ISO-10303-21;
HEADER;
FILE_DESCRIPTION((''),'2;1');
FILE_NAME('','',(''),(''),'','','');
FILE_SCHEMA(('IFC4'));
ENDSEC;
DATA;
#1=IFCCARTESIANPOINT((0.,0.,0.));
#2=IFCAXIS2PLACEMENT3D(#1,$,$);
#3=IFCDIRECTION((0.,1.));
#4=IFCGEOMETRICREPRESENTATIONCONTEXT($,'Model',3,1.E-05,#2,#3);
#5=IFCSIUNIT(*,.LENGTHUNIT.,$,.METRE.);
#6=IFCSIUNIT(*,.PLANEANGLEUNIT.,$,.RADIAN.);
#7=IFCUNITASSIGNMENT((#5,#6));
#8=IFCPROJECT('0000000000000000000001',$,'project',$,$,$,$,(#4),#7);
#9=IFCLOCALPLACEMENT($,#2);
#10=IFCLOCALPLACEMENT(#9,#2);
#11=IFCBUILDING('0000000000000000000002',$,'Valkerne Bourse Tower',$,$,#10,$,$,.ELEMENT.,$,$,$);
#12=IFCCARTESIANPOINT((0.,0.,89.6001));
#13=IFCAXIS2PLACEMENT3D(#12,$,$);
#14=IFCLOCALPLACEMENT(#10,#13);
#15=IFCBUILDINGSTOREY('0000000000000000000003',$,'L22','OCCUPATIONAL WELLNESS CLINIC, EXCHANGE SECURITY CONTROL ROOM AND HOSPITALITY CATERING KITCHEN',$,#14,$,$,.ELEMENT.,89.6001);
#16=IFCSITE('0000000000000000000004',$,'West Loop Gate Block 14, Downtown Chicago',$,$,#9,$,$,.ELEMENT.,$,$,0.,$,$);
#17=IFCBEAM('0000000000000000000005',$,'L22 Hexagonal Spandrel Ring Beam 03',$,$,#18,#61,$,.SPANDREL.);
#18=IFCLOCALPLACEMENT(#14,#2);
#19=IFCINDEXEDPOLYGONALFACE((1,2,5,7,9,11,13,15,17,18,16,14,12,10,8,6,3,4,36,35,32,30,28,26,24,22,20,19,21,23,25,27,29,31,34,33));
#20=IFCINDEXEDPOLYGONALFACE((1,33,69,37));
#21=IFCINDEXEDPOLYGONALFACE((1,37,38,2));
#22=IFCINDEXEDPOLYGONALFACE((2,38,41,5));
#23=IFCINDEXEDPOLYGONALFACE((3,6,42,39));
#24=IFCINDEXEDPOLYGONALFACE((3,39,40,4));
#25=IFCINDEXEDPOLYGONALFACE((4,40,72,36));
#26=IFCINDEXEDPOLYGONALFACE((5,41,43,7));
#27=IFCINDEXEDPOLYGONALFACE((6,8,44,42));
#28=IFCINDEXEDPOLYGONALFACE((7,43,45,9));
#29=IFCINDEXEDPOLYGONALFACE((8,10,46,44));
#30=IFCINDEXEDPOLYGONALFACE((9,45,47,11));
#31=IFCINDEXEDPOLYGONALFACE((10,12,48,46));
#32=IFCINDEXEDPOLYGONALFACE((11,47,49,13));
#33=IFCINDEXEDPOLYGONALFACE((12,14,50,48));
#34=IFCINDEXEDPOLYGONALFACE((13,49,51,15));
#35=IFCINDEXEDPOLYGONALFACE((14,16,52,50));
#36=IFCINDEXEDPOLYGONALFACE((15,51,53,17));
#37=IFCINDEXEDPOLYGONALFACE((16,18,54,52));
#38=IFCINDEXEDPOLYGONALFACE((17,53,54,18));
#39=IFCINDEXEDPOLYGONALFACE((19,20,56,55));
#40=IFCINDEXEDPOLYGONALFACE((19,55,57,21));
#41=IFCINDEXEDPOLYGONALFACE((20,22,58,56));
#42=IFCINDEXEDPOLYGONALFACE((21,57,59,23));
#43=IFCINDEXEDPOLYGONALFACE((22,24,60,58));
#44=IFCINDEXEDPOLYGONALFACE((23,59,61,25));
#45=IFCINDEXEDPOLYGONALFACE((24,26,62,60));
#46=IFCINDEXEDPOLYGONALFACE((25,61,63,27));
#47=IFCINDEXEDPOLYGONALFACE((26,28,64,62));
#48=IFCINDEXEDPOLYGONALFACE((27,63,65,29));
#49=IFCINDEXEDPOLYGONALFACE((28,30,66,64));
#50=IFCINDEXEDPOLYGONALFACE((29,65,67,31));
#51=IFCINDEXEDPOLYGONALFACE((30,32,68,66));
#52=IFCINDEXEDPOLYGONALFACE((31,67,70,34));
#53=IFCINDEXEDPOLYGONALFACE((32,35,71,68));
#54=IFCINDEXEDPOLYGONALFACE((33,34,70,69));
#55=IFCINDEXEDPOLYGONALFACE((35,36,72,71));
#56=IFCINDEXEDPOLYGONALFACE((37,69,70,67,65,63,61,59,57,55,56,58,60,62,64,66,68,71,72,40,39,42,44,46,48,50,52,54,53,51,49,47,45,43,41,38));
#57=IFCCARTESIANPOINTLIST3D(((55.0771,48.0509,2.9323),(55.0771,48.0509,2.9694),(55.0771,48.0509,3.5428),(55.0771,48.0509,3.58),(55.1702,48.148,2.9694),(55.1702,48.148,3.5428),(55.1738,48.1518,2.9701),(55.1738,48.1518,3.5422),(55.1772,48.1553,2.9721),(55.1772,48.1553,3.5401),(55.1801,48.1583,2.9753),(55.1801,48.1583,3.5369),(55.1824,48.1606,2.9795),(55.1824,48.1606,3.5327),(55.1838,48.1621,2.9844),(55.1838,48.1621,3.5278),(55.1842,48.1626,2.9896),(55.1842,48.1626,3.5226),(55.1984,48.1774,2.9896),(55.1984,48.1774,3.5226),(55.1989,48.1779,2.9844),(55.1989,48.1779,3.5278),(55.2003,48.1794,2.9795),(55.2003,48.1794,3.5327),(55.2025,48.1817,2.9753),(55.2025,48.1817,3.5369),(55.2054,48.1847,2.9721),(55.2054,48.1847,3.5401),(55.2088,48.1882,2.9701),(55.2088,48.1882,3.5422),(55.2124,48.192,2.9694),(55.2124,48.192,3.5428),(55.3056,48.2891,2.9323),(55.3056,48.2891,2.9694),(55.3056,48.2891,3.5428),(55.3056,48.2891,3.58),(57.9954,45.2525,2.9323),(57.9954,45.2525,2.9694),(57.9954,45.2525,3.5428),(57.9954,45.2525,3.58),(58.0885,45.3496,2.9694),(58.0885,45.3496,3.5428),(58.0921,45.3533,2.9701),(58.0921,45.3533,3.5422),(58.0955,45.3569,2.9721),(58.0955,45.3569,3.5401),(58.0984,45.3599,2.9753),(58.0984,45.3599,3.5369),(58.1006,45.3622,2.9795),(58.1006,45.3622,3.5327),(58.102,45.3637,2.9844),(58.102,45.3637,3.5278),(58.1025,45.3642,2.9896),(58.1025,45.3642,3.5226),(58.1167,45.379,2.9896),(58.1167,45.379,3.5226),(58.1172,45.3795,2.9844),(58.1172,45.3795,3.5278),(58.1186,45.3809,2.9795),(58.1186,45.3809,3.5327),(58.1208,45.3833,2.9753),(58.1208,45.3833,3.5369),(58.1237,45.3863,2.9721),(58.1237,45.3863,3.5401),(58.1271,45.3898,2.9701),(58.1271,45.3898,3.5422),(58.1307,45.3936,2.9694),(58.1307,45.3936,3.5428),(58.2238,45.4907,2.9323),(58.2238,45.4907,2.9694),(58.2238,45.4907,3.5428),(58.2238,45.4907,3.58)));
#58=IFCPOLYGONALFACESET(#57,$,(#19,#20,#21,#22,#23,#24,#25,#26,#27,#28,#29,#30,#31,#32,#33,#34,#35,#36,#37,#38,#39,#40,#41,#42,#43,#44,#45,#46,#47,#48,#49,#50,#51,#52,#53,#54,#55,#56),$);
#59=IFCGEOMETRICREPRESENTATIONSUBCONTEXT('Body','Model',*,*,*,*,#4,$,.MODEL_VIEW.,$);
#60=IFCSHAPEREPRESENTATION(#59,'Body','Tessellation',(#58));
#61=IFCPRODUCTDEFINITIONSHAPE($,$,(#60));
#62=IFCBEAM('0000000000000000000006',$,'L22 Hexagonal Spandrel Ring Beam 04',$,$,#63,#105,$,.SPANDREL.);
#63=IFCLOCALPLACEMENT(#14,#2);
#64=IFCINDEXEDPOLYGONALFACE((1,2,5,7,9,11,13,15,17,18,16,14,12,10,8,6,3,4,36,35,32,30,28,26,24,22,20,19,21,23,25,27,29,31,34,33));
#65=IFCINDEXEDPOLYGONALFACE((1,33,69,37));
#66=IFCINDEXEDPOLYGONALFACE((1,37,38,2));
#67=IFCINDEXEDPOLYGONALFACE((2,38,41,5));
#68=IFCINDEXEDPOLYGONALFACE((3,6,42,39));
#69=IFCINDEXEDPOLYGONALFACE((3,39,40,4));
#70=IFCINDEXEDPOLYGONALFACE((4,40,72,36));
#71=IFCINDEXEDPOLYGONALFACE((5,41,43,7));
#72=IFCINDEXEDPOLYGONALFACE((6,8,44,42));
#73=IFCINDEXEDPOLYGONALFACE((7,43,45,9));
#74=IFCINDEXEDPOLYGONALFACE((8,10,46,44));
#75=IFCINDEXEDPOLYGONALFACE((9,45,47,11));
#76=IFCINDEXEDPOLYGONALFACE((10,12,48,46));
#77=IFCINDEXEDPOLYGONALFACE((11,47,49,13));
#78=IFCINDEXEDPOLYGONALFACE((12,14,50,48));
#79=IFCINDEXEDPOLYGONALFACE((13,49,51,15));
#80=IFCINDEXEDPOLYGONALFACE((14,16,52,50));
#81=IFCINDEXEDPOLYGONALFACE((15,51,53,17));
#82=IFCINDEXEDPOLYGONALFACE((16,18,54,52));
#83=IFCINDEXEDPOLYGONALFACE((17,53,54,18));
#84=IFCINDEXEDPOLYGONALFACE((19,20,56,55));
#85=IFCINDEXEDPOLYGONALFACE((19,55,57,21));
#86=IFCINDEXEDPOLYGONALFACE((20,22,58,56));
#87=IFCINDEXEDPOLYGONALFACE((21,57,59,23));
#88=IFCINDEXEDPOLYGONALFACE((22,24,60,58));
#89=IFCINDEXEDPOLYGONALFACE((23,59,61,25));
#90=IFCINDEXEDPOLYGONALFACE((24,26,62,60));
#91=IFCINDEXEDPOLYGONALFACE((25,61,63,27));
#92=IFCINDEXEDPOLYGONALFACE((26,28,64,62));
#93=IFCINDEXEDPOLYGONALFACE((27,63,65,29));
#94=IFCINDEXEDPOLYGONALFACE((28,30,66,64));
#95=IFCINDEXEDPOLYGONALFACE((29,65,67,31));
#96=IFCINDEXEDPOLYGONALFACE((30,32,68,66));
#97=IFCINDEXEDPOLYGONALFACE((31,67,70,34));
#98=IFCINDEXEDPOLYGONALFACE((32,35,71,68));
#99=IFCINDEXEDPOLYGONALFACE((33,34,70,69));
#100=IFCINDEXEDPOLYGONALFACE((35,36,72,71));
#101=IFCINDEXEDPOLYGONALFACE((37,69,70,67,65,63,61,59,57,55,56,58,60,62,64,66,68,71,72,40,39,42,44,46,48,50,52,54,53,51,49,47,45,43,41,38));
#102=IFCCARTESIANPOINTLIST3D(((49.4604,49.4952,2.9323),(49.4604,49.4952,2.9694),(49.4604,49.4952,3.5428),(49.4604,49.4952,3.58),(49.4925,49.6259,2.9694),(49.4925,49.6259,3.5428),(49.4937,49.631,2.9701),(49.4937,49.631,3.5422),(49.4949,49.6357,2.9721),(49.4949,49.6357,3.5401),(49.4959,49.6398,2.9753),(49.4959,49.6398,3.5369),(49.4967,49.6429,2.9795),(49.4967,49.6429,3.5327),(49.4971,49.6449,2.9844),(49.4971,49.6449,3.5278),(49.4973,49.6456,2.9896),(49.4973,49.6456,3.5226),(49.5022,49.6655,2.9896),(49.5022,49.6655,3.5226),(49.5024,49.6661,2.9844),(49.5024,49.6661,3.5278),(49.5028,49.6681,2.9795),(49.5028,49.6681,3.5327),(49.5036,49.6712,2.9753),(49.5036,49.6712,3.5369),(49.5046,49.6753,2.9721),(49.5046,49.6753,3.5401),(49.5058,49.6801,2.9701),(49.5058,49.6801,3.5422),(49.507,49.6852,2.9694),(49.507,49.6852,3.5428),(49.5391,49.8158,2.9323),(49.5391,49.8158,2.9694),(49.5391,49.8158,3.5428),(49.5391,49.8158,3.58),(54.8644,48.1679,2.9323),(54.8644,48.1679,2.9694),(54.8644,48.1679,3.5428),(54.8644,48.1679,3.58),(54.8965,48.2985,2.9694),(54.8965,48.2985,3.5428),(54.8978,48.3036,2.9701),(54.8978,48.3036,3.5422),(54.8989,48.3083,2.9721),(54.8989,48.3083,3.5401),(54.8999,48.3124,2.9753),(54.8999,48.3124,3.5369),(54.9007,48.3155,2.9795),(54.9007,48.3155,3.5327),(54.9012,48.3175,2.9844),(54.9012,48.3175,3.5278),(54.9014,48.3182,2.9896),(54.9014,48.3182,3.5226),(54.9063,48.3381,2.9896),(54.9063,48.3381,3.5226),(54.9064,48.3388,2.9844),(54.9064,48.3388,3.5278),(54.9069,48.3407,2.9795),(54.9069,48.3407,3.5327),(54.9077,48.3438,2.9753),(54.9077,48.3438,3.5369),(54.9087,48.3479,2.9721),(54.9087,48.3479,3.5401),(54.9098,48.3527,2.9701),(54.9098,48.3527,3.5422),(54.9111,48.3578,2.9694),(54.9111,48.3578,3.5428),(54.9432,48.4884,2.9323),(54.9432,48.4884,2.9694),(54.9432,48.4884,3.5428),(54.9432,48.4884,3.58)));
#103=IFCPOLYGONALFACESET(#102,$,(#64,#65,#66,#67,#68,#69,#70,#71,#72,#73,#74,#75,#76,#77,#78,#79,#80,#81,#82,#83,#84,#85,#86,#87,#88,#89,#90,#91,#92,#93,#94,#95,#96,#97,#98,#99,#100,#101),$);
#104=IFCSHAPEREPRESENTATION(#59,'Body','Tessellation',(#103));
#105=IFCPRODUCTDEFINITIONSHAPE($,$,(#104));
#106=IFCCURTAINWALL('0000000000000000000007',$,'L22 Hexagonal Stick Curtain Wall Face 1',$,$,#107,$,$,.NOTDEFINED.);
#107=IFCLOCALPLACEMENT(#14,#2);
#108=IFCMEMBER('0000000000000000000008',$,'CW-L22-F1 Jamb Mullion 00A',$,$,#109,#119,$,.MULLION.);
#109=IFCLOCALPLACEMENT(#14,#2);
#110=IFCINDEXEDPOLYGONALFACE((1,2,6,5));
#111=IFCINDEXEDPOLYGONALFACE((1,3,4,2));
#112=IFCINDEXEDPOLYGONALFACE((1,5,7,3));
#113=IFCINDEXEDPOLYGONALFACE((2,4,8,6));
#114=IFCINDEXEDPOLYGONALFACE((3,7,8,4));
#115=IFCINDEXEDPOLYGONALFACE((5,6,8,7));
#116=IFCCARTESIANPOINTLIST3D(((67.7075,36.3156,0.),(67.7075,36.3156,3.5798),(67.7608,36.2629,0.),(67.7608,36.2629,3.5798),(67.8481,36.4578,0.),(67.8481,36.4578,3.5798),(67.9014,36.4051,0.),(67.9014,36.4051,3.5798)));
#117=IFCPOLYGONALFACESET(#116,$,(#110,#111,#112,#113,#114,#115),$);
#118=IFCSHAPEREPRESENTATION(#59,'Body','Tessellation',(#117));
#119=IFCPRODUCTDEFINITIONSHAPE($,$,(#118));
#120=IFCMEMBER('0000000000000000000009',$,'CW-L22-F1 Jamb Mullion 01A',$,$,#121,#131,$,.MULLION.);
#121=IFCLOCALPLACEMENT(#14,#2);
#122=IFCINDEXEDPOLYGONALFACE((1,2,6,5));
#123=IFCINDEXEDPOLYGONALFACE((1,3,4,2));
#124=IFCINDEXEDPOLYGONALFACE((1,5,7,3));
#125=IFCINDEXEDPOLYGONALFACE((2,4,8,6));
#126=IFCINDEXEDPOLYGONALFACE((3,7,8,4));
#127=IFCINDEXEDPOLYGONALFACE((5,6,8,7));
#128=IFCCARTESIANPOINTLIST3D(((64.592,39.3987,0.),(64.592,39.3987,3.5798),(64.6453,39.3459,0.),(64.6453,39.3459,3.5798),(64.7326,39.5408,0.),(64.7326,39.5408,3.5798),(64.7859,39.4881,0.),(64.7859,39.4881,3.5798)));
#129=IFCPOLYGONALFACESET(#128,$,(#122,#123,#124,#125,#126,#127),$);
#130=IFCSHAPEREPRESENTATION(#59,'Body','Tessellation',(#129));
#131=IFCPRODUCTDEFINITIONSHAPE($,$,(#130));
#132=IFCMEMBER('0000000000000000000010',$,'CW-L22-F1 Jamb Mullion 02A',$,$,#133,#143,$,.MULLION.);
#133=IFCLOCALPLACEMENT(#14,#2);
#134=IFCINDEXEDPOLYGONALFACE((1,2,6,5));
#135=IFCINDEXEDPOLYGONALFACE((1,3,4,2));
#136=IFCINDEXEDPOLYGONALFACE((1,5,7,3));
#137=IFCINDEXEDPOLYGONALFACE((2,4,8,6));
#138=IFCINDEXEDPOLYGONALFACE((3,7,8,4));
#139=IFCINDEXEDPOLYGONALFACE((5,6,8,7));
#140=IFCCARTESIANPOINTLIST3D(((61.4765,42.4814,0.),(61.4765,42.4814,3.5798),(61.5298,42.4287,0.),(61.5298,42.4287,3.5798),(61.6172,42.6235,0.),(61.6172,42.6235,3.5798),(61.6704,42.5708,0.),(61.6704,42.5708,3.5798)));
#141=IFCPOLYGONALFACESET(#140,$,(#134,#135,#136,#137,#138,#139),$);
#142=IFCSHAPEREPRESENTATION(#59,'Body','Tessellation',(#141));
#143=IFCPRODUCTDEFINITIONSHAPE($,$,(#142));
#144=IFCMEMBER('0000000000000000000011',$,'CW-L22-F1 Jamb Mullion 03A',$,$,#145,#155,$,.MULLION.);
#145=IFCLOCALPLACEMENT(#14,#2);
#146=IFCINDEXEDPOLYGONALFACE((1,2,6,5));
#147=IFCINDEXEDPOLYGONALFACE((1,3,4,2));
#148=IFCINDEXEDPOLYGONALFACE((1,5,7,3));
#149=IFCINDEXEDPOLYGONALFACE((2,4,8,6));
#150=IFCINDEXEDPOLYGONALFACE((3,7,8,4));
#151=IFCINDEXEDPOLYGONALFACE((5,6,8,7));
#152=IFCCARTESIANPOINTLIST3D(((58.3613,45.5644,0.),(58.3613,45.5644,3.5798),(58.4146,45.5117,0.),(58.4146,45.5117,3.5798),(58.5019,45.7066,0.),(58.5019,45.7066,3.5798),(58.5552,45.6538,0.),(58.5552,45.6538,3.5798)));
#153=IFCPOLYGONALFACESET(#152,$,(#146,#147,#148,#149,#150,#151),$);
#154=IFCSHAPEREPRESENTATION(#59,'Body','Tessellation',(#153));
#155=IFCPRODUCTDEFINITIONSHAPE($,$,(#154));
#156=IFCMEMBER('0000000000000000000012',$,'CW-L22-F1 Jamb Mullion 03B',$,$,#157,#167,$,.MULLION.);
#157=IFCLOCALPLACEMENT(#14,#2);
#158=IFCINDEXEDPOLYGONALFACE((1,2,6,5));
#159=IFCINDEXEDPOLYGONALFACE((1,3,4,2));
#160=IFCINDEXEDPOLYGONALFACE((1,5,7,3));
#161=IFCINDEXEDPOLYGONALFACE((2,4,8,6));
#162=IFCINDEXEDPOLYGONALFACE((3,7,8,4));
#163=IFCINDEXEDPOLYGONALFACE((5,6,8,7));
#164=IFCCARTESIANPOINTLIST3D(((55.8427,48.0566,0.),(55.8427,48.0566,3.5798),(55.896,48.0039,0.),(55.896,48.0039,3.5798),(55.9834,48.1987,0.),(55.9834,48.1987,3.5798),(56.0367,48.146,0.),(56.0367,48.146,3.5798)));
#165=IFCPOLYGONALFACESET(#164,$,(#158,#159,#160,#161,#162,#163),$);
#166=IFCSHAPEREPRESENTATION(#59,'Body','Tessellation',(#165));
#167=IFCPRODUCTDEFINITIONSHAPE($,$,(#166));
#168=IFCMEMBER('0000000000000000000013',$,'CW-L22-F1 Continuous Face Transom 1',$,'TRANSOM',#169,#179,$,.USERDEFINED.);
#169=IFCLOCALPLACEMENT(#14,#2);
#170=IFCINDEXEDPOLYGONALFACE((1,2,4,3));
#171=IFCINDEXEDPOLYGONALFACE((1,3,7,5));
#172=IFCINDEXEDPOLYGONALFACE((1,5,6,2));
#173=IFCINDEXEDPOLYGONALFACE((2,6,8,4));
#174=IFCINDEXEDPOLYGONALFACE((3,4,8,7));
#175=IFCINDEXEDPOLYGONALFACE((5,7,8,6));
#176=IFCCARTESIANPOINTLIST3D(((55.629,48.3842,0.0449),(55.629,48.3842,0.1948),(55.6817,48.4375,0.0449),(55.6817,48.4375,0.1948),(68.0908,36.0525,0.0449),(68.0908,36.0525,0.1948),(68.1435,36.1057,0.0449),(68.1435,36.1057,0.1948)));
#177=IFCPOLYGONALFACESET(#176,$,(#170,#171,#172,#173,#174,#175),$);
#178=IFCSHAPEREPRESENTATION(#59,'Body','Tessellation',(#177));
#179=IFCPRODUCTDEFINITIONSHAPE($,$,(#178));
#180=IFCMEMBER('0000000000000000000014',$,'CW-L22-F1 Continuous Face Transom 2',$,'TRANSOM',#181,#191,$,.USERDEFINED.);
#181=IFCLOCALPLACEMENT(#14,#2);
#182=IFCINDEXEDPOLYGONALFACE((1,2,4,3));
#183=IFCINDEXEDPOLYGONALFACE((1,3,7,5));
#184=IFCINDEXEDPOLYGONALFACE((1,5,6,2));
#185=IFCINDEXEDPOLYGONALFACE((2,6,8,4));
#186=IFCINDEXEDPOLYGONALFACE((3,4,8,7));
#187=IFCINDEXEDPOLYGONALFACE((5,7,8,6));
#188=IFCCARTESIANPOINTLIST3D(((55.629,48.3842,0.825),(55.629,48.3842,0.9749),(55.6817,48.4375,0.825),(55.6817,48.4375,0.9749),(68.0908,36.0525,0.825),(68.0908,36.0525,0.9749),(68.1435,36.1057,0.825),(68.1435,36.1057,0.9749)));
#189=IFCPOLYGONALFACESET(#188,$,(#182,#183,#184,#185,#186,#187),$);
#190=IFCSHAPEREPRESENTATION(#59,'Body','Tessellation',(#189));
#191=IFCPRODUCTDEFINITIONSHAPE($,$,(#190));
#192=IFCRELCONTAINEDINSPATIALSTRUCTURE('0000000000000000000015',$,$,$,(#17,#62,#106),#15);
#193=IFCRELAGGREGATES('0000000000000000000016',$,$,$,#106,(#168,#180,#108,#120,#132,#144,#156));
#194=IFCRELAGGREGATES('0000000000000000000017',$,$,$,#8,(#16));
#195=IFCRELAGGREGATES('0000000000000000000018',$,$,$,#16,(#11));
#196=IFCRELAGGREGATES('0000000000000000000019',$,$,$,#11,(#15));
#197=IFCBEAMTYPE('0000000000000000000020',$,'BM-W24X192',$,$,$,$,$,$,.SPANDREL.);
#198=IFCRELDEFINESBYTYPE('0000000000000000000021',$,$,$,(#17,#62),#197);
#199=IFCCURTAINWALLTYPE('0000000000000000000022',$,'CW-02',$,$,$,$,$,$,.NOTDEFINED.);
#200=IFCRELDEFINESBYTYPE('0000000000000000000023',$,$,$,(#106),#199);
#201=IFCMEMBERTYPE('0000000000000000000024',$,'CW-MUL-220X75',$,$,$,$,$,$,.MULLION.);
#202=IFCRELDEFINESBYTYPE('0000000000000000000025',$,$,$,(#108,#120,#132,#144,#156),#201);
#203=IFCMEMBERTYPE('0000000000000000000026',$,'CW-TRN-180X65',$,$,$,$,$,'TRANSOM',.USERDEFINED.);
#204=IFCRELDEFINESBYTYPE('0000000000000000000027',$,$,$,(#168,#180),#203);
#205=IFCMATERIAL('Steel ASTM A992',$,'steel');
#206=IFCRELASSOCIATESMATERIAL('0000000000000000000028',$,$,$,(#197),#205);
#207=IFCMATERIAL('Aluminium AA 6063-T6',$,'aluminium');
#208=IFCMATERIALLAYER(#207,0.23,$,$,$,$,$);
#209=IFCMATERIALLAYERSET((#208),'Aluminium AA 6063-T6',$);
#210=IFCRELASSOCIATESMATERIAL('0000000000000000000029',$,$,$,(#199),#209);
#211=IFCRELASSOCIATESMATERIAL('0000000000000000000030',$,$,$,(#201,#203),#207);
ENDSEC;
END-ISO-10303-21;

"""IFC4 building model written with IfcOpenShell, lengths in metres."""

from ifc_helpers import new_model, si_unit, direction, frame, origin, origin_2d, place, context, subcontext, project, spatial, rectangle, i_section, extrude, material, layer, layer_set, material_profile, profile_set, type_object, element, aggregate, save


model = new_model("IFC4")

# Units and contexts
model_context = context("Model", 3, precision=1e-05, world=origin(), true_north=direction((0.0, 1.0)))
body_context = subcontext(model_context, "Body", "Model", "MODEL_VIEW")
ifc_project = project(units=[si_unit("LENGTHUNIT", "METRE"), si_unit("PLANEANGLEUNIT", "RADIAN")], contexts=[model_context])

# Site, building, storey
site_placement = place(None, origin())
site = spatial("IfcSite", under=ifc_project, at=site_placement, Name="West Loop Gate Block 14, Downtown Chicago", CompositionType="ELEMENT", RefElevation=0.0)
building_placement = place(site_placement, origin())
building = spatial("IfcBuilding", under=site, at=building_placement, Name="Valkerne Bourse Tower", CompositionType="ELEMENT")
storey_placement = place(building_placement, frame((0.0, 0.0, 89.6001)))
storey = spatial("IfcBuildingStorey", under=building, at=storey_placement, Name="L22", Description="OCCUPATIONAL WELLNESS CLINIC, EXCHANGE SECURITY CONTROL ROOM AND HOSPITALITY CATERING KITCHEN", CompositionType="ELEMENT", Elevation=89.6001)

# Beams
ifc_material_1 = material(Name="Steel ASTM A992", Category="steel")
ifc_material_profile_1 = material_profile(ifc_material_1, i_section(OverallWidth=0.3301, OverallDepth=0.6477, WebThickness=0.0205, FlangeThickness=0.0371, FilletRadius=0.0203, at=origin_2d()), Name="W24X192")
ifc_profile_set_1 = profile_set([ifc_material_profile_1], Name="Steel ASTM A992")
beam_type = type_object("IfcBeamType", Name="BM-W24X192", PredefinedType="SPANDREL", material=ifc_profile_set_1)
beam_1_placement = place(storey_placement, frame((58.1096, 45.3716, 3.2561), z_axis=(-0.721776, 0.692127, 0.0), x_axis=(-0.692127, -0.721776, 0.0)))
element("IfcBeam", 1, at=beam_1_placement, inside=storey, type_object=beam_type, Name="L22 Hexagonal Spandrel Ring Beam 03", PredefinedType="SPANDREL", context=body_context, shape_type="SweptSolid", body=[
    extrude(i_section(OverallWidth=0.3301, OverallDepth=0.6477, WebThickness=0.0205, FlangeThickness=0.0371, FilletRadius=0.0203, at=origin_2d()), origin(), (0.0, 0.0, 1.0), 4.0432),
])
beam_2_placement = place(storey_placement, frame((54.9038, 48.3281, 3.2561), z_axis=(-0.971133, 0.238539, 0.0), x_axis=(-0.238539, -0.971133, 0.0)))
element("IfcBeam", 2, at=beam_2_placement, inside=storey, type_object=beam_type, Name="L22 Hexagonal Spandrel Ring Beam 04", PredefinedType="SPANDREL", context=body_context, shape_type="SweptSolid", body=[
    extrude(i_section(OverallWidth=0.3301, OverallDepth=0.6477, WebThickness=0.0205, FlangeThickness=0.0371, FilletRadius=0.0203, at=origin_2d()), origin(), (0.0, 0.0, 1.0), 5.5647),
])

# Curtain wall, members
ifc_material_2 = material(Name="Aluminium AA 6063-T6", Category="aluminium")
ifc_layer_1 = layer(ifc_material_2, 0.23)
ifc_layer_set_1 = layer_set([ifc_layer_1], Name="Aluminium AA 6063-T6")
curtain_wall_type = type_object("IfcCurtainWallType", Name="CW-02", PredefinedType="NOTDEFINED", material=ifc_layer_set_1)
curtain_wall_placement = place(storey_placement, origin())
curtain_wall = element("IfcCurtainWall", 3, at=curtain_wall_placement, inside=storey, type_object=curtain_wall_type, Name="L22 Hexagonal Stick Curtain Wall Face 1", PredefinedType="NOTDEFINED")
ifc_material_profile_2 = material_profile(ifc_material_2, rectangle(XDim=0.075, YDim=0.2, at=origin_2d()), Name="CWM-75X200")
ifc_profile_set_2 = profile_set([ifc_material_profile_2], Name="Aluminium AA 6063-T6")
member_type_1 = type_object("IfcMemberType", Name="CW-MUL-220X75", PredefinedType="MULLION", material=ifc_profile_set_2)
member_1_placement = place(storey_placement, frame((67.8044, 36.3604, 0.0), z_axis=(0.0, 0.0, 1.0), x_axis=(-0.710805, 0.70339, 0.0)))
member_1 = element("IfcMember", 4, at=member_1_placement, type_object=member_type_1, Name="CW-L22-F1 Jamb Mullion 00A", PredefinedType="MULLION", context=body_context, shape_type="SweptSolid", body=[
    extrude(rectangle(XDim=0.075, YDim=0.2, at=origin_2d()), origin(), (0.0, 0.0, 1.0), 3.5798),
])
member_2_placement = place(storey_placement, frame((64.689, 39.4434, 0.0), z_axis=(0.0, 0.0, 1.0), x_axis=(-0.710805, 0.703389, 0.0)))
member_2 = element("IfcMember", 5, at=member_2_placement, type_object=member_type_1, Name="CW-L22-F1 Jamb Mullion 01A", PredefinedType="MULLION", context=body_context, shape_type="SweptSolid", body=[
    extrude(rectangle(XDim=0.075, YDim=0.2, at=origin_2d()), origin(), (0.0, 0.0, 1.0), 3.5798),
])
member_3_placement = place(storey_placement, frame((61.5735, 42.5261, 0.0), z_axis=(0.0, 0.0, 1.0), x_axis=(-0.710793, 0.703401, 0.0)))
member_3 = element("IfcMember", 6, at=member_3_placement, type_object=member_type_1, Name="CW-L22-F1 Jamb Mullion 02A", PredefinedType="MULLION", context=body_context, shape_type="SweptSolid", body=[
    extrude(rectangle(XDim=0.075, YDim=0.2, at=origin_2d()), origin(), (0.0, 0.0, 1.0), 3.5798),
])
member_4_placement = place(storey_placement, frame((58.4583, 45.6091, 0.0), z_axis=(0.0, 0.0, 1.0), x_axis=(-0.710805, 0.70339, 0.0)))
member_4 = element("IfcMember", 7, at=member_4_placement, type_object=member_type_1, Name="CW-L22-F1 Jamb Mullion 03A", PredefinedType="MULLION", context=body_context, shape_type="SweptSolid", body=[
    extrude(rectangle(XDim=0.075, YDim=0.2, at=origin_2d()), origin(), (0.0, 0.0, 1.0), 3.5798),
])
member_5_placement = place(storey_placement, frame((55.9397, 48.1013, 0.0), z_axis=(0.0, 0.0, 1.0), x_axis=(-0.710805, 0.70339, 0.0)))
member_5 = element("IfcMember", 8, at=member_5_placement, type_object=member_type_1, Name="CW-L22-F1 Jamb Mullion 03B", PredefinedType="MULLION", context=body_context, shape_type="SweptSolid", body=[
    extrude(rectangle(XDim=0.075, YDim=0.2, at=origin_2d()), origin(), (0.0, 0.0, 1.0), 3.5798),
])
ifc_material_profile_3 = material_profile(ifc_material_2, rectangle(XDim=0.075, YDim=0.1499, at=origin_2d()), Name="CWT-75X150")
ifc_profile_set_3 = profile_set([ifc_material_profile_3], Name="Aluminium AA 6063-T6")
member_type_2 = type_object("IfcMemberType", Name="CW-TRN-180X65", ElementType="TRANSOM", PredefinedType="USERDEFINED", material=ifc_profile_set_3)
member_6_placement = place(storey_placement, frame((68.1172, 36.0791, 0.1199), z_axis=(-0.710808, 0.703386, 0.0), x_axis=(-0.703386, -0.710808, 0.0)))
member_6 = element("IfcMember", 9, at=member_6_placement, type_object=member_type_2, Name="CW-L22-F1 Continuous Face Transom 1", ObjectType="TRANSOM", PredefinedType="USERDEFINED", context=body_context, shape_type="SweptSolid", body=[
    extrude(rectangle(XDim=0.075, YDim=0.1499, at=origin_2d()), origin(), (0.0, 0.0, 1.0), 17.532),
])
member_7_placement = place(storey_placement, frame((68.1172, 36.0791, 0.8999), z_axis=(-0.710808, 0.703386, 0.0), x_axis=(-0.703386, -0.710808, 0.0)))
member_7 = element("IfcMember", 10, at=member_7_placement, type_object=member_type_2, Name="CW-L22-F1 Continuous Face Transom 2", ObjectType="TRANSOM", PredefinedType="USERDEFINED", context=body_context, shape_type="SweptSolid", body=[
    extrude(rectangle(XDim=0.075, YDim=0.1499, at=origin_2d()), origin(), (0.0, 0.0, 1.0), 17.532),
])

aggregate(curtain_wall, [member_6, member_7, member_1, member_2, member_3, member_4, member_5])

save(model, "model.ifc")
